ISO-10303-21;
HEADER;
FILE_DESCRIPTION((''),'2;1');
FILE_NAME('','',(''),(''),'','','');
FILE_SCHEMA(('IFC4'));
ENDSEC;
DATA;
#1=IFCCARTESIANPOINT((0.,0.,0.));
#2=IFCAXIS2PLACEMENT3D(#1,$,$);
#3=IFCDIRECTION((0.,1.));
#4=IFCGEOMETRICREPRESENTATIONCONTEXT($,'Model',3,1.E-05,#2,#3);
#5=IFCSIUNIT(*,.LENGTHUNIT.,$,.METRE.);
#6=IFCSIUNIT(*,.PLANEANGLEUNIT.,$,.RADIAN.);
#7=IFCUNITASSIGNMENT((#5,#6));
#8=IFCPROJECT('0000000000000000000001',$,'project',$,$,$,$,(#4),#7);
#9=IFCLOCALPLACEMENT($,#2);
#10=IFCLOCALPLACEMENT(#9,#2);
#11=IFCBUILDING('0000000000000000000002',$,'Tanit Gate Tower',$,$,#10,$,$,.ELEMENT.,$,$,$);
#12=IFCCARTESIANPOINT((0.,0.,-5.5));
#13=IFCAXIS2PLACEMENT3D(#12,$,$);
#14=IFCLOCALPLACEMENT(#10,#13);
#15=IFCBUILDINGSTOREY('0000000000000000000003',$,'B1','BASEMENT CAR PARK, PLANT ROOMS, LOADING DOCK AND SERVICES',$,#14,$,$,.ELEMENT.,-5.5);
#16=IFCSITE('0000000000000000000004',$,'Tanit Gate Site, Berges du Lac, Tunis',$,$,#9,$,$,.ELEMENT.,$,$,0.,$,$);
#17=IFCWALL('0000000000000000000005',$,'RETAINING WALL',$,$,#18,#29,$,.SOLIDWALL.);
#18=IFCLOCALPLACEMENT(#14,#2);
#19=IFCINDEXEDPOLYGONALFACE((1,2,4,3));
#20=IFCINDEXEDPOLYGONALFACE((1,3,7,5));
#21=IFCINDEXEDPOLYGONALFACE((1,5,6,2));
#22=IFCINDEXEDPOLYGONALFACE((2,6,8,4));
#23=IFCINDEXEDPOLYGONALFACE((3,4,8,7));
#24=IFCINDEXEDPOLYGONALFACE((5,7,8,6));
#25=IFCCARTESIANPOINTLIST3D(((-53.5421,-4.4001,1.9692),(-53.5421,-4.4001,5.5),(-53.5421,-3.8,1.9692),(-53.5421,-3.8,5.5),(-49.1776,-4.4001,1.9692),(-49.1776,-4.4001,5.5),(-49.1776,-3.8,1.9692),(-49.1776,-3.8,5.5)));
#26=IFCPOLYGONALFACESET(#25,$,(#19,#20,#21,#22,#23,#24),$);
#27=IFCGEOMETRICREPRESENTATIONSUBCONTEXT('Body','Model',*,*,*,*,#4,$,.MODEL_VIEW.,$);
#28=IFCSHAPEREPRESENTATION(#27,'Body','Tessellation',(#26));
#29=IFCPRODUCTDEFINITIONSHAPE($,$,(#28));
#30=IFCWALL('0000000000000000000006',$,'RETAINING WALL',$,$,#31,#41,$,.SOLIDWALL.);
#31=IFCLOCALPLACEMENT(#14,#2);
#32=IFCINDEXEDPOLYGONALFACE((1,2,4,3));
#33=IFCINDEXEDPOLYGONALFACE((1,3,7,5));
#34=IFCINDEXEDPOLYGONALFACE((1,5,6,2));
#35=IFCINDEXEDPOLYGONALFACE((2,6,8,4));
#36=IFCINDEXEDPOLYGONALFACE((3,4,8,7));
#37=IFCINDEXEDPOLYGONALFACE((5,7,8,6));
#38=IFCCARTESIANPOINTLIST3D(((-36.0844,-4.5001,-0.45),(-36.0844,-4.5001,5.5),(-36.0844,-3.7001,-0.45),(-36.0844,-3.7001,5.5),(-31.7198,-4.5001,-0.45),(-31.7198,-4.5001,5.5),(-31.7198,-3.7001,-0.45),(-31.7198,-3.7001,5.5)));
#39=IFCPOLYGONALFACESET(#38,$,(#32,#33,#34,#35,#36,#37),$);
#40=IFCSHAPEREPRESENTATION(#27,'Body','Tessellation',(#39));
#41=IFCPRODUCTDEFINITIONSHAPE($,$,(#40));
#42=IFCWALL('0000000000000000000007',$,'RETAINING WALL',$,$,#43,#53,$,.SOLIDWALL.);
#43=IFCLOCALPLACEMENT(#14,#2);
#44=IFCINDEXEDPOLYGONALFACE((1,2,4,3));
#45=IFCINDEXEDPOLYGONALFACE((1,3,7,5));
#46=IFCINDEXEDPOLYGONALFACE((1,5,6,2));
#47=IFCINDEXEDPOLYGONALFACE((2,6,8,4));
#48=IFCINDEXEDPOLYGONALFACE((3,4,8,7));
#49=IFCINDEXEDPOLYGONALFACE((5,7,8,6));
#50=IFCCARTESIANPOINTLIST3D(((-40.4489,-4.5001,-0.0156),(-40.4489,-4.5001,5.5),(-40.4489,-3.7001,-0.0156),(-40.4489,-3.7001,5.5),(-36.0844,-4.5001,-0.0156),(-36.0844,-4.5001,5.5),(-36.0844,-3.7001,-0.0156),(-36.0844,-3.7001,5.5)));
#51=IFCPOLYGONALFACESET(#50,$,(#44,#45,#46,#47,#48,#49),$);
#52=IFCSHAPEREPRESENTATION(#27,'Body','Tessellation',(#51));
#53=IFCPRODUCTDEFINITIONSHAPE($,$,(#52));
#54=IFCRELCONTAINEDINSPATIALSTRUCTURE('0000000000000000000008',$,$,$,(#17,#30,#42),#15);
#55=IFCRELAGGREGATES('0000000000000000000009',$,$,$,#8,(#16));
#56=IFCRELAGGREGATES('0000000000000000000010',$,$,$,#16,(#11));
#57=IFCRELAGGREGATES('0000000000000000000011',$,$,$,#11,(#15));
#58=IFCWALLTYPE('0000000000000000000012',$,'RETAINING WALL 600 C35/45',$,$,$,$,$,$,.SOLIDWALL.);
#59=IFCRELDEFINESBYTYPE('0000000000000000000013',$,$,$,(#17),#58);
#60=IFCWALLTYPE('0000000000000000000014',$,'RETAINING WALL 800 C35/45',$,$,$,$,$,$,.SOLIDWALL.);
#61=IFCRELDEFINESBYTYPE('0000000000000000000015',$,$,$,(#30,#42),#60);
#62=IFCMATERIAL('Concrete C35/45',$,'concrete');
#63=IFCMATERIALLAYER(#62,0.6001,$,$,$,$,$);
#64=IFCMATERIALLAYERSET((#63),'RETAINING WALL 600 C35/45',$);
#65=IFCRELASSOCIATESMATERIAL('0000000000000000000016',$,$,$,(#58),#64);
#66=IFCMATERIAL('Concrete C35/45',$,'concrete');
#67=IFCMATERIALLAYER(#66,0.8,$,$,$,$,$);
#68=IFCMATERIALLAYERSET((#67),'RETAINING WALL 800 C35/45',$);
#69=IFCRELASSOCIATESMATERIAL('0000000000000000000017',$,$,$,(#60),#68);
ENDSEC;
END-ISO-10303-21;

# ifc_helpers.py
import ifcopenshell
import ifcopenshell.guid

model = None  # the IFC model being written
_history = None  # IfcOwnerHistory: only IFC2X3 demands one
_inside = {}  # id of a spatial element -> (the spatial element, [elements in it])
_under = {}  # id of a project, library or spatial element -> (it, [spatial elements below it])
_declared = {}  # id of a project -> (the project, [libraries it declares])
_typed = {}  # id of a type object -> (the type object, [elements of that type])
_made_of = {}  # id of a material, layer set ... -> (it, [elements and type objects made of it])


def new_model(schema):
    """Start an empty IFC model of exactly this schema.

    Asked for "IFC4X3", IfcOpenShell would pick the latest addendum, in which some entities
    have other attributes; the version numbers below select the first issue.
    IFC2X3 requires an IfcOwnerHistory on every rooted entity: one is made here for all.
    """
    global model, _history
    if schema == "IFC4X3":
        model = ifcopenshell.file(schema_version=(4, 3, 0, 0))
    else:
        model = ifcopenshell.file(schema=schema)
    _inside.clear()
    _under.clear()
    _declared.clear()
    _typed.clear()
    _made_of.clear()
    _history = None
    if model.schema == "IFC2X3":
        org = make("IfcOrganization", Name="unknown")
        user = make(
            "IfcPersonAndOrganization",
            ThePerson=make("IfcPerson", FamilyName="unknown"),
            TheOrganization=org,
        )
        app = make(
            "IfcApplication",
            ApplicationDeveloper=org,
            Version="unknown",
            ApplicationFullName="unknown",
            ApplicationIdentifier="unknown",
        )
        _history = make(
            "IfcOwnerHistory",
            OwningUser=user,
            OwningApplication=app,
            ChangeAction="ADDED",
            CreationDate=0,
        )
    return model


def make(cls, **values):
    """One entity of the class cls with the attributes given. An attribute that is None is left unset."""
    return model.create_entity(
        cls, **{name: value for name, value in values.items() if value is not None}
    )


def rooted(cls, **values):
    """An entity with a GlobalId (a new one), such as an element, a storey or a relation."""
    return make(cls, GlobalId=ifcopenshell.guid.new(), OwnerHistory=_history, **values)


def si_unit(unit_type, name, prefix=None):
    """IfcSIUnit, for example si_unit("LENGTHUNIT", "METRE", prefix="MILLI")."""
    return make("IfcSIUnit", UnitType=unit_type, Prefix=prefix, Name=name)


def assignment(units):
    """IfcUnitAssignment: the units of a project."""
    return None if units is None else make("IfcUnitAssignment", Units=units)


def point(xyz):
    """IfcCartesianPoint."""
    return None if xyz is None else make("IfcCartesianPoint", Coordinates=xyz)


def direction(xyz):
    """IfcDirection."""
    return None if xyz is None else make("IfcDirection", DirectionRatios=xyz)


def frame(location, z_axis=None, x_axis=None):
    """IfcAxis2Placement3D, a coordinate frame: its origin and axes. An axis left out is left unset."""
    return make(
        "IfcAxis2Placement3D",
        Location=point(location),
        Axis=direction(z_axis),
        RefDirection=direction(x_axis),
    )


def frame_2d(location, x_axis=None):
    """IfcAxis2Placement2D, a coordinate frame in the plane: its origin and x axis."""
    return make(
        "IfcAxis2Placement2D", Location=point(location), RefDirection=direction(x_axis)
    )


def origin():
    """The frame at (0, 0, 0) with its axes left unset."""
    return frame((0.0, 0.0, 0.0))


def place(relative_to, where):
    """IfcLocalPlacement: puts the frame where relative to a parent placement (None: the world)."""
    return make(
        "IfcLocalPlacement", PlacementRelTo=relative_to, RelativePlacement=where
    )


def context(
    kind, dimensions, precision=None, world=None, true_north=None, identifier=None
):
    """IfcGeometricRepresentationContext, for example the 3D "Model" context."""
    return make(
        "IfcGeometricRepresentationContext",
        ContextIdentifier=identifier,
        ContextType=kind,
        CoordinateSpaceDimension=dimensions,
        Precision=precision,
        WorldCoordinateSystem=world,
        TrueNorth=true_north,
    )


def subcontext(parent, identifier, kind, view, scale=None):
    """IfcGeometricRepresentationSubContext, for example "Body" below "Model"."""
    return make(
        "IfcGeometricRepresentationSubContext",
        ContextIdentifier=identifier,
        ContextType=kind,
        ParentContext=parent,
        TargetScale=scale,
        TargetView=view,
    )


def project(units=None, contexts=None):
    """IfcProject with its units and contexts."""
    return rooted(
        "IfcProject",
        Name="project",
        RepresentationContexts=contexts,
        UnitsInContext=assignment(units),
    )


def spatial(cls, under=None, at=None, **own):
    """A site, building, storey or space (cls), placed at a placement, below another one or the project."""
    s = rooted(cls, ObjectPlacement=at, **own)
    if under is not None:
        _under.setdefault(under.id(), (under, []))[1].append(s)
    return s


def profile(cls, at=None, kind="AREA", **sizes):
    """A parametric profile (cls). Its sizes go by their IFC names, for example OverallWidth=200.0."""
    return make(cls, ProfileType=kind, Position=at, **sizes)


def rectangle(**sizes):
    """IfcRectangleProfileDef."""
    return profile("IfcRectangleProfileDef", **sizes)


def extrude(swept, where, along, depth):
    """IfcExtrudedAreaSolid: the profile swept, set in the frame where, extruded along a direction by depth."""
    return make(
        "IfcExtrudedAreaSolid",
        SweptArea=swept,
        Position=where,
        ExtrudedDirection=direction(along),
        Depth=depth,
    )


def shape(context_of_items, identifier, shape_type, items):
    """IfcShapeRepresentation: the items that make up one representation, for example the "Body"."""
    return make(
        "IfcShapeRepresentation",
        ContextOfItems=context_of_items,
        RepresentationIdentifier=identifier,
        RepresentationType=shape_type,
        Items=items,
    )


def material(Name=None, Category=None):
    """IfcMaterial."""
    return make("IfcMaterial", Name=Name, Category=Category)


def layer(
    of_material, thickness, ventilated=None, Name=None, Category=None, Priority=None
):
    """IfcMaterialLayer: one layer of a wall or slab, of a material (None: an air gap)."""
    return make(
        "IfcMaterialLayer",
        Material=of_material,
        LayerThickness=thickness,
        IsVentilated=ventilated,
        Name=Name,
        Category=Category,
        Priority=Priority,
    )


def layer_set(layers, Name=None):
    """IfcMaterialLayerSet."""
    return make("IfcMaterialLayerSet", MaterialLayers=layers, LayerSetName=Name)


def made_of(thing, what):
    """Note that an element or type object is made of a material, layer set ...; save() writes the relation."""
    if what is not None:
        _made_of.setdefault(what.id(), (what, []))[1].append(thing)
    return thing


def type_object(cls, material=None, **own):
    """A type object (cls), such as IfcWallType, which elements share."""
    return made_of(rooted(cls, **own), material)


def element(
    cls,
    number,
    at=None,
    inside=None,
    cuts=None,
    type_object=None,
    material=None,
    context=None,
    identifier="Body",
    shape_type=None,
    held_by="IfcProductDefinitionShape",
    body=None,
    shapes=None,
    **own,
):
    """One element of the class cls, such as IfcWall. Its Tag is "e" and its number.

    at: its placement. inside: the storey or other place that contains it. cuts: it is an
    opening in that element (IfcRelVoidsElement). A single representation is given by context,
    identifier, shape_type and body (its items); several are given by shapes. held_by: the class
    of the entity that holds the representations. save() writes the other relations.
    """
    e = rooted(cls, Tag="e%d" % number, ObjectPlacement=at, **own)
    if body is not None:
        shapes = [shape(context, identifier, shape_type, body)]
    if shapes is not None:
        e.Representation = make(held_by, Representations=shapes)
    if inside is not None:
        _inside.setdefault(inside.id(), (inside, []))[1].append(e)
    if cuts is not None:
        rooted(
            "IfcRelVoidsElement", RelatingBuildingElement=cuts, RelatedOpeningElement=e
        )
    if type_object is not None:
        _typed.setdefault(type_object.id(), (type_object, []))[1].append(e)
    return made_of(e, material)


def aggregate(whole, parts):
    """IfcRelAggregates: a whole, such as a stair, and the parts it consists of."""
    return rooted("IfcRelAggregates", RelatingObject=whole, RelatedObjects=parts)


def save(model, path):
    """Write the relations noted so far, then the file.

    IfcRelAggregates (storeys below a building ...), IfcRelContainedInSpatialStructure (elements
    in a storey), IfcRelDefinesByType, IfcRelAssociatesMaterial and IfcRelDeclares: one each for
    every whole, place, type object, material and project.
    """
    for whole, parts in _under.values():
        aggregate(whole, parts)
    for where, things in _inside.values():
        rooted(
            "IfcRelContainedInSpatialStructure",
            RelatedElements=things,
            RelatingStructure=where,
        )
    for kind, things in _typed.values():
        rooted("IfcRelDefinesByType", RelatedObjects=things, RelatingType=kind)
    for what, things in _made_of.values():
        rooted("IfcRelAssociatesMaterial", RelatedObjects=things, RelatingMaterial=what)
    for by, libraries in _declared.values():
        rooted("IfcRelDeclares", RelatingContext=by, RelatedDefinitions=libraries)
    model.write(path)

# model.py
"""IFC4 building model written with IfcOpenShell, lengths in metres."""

from ifc_helpers import new_model, si_unit, direction, frame, frame_2d, origin, place, context, subcontext, project, spatial, rectangle, extrude, material, layer, layer_set, type_object, element, save


model = new_model("IFC4")

# Units and contexts
model_context = context("Model", 3, precision=1e-05, world=origin(), true_north=direction((0.0, 1.0)))
body_context = subcontext(model_context, "Body", "Model", "MODEL_VIEW")
ifc_project = project(units=[si_unit("LENGTHUNIT", "METRE"), si_unit("PLANEANGLEUNIT", "RADIAN")], contexts=[model_context])

# Site, building, storey
site_placement = place(None, origin())
site = spatial("IfcSite", under=ifc_project, at=site_placement, Name="Tanit Gate Site, Berges du Lac, Tunis", CompositionType="ELEMENT", RefElevation=0.0)
building_placement = place(site_placement, origin())
building = spatial("IfcBuilding", under=site, at=building_placement, Name="Tanit Gate Tower", CompositionType="ELEMENT")
storey_placement = place(building_placement, frame((0.0, 0.0, -5.5)))
storey = spatial("IfcBuildingStorey", under=building, at=storey_placement, Name="B1", Description="BASEMENT CAR PARK, PLANT ROOMS, LOADING DOCK AND SERVICES", CompositionType="ELEMENT", Elevation=-5.5)

# Walls
ifc_material_1 = material(Name="Concrete C35/45", Category="concrete")
ifc_layer_1 = layer(ifc_material_1, 0.6001)
ifc_layer_set_1 = layer_set([ifc_layer_1], Name="RETAINING WALL 600 C35/45")
wall_type_1 = type_object("IfcWallType", Name="RETAINING WALL 600 C35/45", PredefinedType="SOLIDWALL", material=ifc_layer_set_1)
wall_1_placement = place(storey_placement, frame((-49.1777, -4.1001, 1.9692), z_axis=(0.0, 0.0, 1.0), x_axis=(-1.0, 0.0, 0.0)))
element("IfcWall", 1, at=wall_1_placement, inside=storey, type_object=wall_type_1, Name="RETAINING WALL", PredefinedType="SOLIDWALL", context=body_context, shape_type="SweptSolid", body=[
    extrude(rectangle(XDim=4.3645, YDim=0.6001, at=frame_2d((2.1821, 0.0))), origin(), (0.0, 0.0, 1.0), 3.5308),
])
ifc_material_2 = material(Name="Concrete C35/45", Category="concrete")
ifc_layer_2 = layer(ifc_material_2, 0.8)
ifc_layer_set_2 = layer_set([ifc_layer_2], Name="RETAINING WALL 800 C35/45")
wall_type_2 = type_object("IfcWallType", Name="RETAINING WALL 800 C35/45", PredefinedType="SOLIDWALL", material=ifc_layer_set_2)
wall_2_placement = place(storey_placement, frame((-31.72, -4.1001, -0.45), z_axis=(0.0, 0.0, 1.0), x_axis=(-1.0, 0.0, 0.0)))
element("IfcWall", 2, at=wall_2_placement, inside=storey, type_object=wall_type_2, Name="RETAINING WALL", PredefinedType="SOLIDWALL", context=body_context, shape_type="SweptSolid", body=[
    extrude(rectangle(XDim=4.3645, YDim=0.8, at=frame_2d((2.1821, 0.0))), origin(), (0.0, 0.0, 1.0), 5.95),
])
wall_3_placement = place(storey_placement, frame((-36.0845, -4.1001, -0.0156), z_axis=(0.0, 0.0, 1.0), x_axis=(-1.0, 0.0, 0.0)))
element("IfcWall", 3, at=wall_3_placement, inside=storey, type_object=wall_type_2, Name="RETAINING WALL", PredefinedType="SOLIDWALL", context=body_context, shape_type="SweptSolid", body=[
    extrude(rectangle(XDim=4.3645, YDim=0.8, at=frame_2d((2.1821, 0.0))), origin(), (0.0, 0.0, 1.0), 5.5156),
])

save(model, "model.ifc")
